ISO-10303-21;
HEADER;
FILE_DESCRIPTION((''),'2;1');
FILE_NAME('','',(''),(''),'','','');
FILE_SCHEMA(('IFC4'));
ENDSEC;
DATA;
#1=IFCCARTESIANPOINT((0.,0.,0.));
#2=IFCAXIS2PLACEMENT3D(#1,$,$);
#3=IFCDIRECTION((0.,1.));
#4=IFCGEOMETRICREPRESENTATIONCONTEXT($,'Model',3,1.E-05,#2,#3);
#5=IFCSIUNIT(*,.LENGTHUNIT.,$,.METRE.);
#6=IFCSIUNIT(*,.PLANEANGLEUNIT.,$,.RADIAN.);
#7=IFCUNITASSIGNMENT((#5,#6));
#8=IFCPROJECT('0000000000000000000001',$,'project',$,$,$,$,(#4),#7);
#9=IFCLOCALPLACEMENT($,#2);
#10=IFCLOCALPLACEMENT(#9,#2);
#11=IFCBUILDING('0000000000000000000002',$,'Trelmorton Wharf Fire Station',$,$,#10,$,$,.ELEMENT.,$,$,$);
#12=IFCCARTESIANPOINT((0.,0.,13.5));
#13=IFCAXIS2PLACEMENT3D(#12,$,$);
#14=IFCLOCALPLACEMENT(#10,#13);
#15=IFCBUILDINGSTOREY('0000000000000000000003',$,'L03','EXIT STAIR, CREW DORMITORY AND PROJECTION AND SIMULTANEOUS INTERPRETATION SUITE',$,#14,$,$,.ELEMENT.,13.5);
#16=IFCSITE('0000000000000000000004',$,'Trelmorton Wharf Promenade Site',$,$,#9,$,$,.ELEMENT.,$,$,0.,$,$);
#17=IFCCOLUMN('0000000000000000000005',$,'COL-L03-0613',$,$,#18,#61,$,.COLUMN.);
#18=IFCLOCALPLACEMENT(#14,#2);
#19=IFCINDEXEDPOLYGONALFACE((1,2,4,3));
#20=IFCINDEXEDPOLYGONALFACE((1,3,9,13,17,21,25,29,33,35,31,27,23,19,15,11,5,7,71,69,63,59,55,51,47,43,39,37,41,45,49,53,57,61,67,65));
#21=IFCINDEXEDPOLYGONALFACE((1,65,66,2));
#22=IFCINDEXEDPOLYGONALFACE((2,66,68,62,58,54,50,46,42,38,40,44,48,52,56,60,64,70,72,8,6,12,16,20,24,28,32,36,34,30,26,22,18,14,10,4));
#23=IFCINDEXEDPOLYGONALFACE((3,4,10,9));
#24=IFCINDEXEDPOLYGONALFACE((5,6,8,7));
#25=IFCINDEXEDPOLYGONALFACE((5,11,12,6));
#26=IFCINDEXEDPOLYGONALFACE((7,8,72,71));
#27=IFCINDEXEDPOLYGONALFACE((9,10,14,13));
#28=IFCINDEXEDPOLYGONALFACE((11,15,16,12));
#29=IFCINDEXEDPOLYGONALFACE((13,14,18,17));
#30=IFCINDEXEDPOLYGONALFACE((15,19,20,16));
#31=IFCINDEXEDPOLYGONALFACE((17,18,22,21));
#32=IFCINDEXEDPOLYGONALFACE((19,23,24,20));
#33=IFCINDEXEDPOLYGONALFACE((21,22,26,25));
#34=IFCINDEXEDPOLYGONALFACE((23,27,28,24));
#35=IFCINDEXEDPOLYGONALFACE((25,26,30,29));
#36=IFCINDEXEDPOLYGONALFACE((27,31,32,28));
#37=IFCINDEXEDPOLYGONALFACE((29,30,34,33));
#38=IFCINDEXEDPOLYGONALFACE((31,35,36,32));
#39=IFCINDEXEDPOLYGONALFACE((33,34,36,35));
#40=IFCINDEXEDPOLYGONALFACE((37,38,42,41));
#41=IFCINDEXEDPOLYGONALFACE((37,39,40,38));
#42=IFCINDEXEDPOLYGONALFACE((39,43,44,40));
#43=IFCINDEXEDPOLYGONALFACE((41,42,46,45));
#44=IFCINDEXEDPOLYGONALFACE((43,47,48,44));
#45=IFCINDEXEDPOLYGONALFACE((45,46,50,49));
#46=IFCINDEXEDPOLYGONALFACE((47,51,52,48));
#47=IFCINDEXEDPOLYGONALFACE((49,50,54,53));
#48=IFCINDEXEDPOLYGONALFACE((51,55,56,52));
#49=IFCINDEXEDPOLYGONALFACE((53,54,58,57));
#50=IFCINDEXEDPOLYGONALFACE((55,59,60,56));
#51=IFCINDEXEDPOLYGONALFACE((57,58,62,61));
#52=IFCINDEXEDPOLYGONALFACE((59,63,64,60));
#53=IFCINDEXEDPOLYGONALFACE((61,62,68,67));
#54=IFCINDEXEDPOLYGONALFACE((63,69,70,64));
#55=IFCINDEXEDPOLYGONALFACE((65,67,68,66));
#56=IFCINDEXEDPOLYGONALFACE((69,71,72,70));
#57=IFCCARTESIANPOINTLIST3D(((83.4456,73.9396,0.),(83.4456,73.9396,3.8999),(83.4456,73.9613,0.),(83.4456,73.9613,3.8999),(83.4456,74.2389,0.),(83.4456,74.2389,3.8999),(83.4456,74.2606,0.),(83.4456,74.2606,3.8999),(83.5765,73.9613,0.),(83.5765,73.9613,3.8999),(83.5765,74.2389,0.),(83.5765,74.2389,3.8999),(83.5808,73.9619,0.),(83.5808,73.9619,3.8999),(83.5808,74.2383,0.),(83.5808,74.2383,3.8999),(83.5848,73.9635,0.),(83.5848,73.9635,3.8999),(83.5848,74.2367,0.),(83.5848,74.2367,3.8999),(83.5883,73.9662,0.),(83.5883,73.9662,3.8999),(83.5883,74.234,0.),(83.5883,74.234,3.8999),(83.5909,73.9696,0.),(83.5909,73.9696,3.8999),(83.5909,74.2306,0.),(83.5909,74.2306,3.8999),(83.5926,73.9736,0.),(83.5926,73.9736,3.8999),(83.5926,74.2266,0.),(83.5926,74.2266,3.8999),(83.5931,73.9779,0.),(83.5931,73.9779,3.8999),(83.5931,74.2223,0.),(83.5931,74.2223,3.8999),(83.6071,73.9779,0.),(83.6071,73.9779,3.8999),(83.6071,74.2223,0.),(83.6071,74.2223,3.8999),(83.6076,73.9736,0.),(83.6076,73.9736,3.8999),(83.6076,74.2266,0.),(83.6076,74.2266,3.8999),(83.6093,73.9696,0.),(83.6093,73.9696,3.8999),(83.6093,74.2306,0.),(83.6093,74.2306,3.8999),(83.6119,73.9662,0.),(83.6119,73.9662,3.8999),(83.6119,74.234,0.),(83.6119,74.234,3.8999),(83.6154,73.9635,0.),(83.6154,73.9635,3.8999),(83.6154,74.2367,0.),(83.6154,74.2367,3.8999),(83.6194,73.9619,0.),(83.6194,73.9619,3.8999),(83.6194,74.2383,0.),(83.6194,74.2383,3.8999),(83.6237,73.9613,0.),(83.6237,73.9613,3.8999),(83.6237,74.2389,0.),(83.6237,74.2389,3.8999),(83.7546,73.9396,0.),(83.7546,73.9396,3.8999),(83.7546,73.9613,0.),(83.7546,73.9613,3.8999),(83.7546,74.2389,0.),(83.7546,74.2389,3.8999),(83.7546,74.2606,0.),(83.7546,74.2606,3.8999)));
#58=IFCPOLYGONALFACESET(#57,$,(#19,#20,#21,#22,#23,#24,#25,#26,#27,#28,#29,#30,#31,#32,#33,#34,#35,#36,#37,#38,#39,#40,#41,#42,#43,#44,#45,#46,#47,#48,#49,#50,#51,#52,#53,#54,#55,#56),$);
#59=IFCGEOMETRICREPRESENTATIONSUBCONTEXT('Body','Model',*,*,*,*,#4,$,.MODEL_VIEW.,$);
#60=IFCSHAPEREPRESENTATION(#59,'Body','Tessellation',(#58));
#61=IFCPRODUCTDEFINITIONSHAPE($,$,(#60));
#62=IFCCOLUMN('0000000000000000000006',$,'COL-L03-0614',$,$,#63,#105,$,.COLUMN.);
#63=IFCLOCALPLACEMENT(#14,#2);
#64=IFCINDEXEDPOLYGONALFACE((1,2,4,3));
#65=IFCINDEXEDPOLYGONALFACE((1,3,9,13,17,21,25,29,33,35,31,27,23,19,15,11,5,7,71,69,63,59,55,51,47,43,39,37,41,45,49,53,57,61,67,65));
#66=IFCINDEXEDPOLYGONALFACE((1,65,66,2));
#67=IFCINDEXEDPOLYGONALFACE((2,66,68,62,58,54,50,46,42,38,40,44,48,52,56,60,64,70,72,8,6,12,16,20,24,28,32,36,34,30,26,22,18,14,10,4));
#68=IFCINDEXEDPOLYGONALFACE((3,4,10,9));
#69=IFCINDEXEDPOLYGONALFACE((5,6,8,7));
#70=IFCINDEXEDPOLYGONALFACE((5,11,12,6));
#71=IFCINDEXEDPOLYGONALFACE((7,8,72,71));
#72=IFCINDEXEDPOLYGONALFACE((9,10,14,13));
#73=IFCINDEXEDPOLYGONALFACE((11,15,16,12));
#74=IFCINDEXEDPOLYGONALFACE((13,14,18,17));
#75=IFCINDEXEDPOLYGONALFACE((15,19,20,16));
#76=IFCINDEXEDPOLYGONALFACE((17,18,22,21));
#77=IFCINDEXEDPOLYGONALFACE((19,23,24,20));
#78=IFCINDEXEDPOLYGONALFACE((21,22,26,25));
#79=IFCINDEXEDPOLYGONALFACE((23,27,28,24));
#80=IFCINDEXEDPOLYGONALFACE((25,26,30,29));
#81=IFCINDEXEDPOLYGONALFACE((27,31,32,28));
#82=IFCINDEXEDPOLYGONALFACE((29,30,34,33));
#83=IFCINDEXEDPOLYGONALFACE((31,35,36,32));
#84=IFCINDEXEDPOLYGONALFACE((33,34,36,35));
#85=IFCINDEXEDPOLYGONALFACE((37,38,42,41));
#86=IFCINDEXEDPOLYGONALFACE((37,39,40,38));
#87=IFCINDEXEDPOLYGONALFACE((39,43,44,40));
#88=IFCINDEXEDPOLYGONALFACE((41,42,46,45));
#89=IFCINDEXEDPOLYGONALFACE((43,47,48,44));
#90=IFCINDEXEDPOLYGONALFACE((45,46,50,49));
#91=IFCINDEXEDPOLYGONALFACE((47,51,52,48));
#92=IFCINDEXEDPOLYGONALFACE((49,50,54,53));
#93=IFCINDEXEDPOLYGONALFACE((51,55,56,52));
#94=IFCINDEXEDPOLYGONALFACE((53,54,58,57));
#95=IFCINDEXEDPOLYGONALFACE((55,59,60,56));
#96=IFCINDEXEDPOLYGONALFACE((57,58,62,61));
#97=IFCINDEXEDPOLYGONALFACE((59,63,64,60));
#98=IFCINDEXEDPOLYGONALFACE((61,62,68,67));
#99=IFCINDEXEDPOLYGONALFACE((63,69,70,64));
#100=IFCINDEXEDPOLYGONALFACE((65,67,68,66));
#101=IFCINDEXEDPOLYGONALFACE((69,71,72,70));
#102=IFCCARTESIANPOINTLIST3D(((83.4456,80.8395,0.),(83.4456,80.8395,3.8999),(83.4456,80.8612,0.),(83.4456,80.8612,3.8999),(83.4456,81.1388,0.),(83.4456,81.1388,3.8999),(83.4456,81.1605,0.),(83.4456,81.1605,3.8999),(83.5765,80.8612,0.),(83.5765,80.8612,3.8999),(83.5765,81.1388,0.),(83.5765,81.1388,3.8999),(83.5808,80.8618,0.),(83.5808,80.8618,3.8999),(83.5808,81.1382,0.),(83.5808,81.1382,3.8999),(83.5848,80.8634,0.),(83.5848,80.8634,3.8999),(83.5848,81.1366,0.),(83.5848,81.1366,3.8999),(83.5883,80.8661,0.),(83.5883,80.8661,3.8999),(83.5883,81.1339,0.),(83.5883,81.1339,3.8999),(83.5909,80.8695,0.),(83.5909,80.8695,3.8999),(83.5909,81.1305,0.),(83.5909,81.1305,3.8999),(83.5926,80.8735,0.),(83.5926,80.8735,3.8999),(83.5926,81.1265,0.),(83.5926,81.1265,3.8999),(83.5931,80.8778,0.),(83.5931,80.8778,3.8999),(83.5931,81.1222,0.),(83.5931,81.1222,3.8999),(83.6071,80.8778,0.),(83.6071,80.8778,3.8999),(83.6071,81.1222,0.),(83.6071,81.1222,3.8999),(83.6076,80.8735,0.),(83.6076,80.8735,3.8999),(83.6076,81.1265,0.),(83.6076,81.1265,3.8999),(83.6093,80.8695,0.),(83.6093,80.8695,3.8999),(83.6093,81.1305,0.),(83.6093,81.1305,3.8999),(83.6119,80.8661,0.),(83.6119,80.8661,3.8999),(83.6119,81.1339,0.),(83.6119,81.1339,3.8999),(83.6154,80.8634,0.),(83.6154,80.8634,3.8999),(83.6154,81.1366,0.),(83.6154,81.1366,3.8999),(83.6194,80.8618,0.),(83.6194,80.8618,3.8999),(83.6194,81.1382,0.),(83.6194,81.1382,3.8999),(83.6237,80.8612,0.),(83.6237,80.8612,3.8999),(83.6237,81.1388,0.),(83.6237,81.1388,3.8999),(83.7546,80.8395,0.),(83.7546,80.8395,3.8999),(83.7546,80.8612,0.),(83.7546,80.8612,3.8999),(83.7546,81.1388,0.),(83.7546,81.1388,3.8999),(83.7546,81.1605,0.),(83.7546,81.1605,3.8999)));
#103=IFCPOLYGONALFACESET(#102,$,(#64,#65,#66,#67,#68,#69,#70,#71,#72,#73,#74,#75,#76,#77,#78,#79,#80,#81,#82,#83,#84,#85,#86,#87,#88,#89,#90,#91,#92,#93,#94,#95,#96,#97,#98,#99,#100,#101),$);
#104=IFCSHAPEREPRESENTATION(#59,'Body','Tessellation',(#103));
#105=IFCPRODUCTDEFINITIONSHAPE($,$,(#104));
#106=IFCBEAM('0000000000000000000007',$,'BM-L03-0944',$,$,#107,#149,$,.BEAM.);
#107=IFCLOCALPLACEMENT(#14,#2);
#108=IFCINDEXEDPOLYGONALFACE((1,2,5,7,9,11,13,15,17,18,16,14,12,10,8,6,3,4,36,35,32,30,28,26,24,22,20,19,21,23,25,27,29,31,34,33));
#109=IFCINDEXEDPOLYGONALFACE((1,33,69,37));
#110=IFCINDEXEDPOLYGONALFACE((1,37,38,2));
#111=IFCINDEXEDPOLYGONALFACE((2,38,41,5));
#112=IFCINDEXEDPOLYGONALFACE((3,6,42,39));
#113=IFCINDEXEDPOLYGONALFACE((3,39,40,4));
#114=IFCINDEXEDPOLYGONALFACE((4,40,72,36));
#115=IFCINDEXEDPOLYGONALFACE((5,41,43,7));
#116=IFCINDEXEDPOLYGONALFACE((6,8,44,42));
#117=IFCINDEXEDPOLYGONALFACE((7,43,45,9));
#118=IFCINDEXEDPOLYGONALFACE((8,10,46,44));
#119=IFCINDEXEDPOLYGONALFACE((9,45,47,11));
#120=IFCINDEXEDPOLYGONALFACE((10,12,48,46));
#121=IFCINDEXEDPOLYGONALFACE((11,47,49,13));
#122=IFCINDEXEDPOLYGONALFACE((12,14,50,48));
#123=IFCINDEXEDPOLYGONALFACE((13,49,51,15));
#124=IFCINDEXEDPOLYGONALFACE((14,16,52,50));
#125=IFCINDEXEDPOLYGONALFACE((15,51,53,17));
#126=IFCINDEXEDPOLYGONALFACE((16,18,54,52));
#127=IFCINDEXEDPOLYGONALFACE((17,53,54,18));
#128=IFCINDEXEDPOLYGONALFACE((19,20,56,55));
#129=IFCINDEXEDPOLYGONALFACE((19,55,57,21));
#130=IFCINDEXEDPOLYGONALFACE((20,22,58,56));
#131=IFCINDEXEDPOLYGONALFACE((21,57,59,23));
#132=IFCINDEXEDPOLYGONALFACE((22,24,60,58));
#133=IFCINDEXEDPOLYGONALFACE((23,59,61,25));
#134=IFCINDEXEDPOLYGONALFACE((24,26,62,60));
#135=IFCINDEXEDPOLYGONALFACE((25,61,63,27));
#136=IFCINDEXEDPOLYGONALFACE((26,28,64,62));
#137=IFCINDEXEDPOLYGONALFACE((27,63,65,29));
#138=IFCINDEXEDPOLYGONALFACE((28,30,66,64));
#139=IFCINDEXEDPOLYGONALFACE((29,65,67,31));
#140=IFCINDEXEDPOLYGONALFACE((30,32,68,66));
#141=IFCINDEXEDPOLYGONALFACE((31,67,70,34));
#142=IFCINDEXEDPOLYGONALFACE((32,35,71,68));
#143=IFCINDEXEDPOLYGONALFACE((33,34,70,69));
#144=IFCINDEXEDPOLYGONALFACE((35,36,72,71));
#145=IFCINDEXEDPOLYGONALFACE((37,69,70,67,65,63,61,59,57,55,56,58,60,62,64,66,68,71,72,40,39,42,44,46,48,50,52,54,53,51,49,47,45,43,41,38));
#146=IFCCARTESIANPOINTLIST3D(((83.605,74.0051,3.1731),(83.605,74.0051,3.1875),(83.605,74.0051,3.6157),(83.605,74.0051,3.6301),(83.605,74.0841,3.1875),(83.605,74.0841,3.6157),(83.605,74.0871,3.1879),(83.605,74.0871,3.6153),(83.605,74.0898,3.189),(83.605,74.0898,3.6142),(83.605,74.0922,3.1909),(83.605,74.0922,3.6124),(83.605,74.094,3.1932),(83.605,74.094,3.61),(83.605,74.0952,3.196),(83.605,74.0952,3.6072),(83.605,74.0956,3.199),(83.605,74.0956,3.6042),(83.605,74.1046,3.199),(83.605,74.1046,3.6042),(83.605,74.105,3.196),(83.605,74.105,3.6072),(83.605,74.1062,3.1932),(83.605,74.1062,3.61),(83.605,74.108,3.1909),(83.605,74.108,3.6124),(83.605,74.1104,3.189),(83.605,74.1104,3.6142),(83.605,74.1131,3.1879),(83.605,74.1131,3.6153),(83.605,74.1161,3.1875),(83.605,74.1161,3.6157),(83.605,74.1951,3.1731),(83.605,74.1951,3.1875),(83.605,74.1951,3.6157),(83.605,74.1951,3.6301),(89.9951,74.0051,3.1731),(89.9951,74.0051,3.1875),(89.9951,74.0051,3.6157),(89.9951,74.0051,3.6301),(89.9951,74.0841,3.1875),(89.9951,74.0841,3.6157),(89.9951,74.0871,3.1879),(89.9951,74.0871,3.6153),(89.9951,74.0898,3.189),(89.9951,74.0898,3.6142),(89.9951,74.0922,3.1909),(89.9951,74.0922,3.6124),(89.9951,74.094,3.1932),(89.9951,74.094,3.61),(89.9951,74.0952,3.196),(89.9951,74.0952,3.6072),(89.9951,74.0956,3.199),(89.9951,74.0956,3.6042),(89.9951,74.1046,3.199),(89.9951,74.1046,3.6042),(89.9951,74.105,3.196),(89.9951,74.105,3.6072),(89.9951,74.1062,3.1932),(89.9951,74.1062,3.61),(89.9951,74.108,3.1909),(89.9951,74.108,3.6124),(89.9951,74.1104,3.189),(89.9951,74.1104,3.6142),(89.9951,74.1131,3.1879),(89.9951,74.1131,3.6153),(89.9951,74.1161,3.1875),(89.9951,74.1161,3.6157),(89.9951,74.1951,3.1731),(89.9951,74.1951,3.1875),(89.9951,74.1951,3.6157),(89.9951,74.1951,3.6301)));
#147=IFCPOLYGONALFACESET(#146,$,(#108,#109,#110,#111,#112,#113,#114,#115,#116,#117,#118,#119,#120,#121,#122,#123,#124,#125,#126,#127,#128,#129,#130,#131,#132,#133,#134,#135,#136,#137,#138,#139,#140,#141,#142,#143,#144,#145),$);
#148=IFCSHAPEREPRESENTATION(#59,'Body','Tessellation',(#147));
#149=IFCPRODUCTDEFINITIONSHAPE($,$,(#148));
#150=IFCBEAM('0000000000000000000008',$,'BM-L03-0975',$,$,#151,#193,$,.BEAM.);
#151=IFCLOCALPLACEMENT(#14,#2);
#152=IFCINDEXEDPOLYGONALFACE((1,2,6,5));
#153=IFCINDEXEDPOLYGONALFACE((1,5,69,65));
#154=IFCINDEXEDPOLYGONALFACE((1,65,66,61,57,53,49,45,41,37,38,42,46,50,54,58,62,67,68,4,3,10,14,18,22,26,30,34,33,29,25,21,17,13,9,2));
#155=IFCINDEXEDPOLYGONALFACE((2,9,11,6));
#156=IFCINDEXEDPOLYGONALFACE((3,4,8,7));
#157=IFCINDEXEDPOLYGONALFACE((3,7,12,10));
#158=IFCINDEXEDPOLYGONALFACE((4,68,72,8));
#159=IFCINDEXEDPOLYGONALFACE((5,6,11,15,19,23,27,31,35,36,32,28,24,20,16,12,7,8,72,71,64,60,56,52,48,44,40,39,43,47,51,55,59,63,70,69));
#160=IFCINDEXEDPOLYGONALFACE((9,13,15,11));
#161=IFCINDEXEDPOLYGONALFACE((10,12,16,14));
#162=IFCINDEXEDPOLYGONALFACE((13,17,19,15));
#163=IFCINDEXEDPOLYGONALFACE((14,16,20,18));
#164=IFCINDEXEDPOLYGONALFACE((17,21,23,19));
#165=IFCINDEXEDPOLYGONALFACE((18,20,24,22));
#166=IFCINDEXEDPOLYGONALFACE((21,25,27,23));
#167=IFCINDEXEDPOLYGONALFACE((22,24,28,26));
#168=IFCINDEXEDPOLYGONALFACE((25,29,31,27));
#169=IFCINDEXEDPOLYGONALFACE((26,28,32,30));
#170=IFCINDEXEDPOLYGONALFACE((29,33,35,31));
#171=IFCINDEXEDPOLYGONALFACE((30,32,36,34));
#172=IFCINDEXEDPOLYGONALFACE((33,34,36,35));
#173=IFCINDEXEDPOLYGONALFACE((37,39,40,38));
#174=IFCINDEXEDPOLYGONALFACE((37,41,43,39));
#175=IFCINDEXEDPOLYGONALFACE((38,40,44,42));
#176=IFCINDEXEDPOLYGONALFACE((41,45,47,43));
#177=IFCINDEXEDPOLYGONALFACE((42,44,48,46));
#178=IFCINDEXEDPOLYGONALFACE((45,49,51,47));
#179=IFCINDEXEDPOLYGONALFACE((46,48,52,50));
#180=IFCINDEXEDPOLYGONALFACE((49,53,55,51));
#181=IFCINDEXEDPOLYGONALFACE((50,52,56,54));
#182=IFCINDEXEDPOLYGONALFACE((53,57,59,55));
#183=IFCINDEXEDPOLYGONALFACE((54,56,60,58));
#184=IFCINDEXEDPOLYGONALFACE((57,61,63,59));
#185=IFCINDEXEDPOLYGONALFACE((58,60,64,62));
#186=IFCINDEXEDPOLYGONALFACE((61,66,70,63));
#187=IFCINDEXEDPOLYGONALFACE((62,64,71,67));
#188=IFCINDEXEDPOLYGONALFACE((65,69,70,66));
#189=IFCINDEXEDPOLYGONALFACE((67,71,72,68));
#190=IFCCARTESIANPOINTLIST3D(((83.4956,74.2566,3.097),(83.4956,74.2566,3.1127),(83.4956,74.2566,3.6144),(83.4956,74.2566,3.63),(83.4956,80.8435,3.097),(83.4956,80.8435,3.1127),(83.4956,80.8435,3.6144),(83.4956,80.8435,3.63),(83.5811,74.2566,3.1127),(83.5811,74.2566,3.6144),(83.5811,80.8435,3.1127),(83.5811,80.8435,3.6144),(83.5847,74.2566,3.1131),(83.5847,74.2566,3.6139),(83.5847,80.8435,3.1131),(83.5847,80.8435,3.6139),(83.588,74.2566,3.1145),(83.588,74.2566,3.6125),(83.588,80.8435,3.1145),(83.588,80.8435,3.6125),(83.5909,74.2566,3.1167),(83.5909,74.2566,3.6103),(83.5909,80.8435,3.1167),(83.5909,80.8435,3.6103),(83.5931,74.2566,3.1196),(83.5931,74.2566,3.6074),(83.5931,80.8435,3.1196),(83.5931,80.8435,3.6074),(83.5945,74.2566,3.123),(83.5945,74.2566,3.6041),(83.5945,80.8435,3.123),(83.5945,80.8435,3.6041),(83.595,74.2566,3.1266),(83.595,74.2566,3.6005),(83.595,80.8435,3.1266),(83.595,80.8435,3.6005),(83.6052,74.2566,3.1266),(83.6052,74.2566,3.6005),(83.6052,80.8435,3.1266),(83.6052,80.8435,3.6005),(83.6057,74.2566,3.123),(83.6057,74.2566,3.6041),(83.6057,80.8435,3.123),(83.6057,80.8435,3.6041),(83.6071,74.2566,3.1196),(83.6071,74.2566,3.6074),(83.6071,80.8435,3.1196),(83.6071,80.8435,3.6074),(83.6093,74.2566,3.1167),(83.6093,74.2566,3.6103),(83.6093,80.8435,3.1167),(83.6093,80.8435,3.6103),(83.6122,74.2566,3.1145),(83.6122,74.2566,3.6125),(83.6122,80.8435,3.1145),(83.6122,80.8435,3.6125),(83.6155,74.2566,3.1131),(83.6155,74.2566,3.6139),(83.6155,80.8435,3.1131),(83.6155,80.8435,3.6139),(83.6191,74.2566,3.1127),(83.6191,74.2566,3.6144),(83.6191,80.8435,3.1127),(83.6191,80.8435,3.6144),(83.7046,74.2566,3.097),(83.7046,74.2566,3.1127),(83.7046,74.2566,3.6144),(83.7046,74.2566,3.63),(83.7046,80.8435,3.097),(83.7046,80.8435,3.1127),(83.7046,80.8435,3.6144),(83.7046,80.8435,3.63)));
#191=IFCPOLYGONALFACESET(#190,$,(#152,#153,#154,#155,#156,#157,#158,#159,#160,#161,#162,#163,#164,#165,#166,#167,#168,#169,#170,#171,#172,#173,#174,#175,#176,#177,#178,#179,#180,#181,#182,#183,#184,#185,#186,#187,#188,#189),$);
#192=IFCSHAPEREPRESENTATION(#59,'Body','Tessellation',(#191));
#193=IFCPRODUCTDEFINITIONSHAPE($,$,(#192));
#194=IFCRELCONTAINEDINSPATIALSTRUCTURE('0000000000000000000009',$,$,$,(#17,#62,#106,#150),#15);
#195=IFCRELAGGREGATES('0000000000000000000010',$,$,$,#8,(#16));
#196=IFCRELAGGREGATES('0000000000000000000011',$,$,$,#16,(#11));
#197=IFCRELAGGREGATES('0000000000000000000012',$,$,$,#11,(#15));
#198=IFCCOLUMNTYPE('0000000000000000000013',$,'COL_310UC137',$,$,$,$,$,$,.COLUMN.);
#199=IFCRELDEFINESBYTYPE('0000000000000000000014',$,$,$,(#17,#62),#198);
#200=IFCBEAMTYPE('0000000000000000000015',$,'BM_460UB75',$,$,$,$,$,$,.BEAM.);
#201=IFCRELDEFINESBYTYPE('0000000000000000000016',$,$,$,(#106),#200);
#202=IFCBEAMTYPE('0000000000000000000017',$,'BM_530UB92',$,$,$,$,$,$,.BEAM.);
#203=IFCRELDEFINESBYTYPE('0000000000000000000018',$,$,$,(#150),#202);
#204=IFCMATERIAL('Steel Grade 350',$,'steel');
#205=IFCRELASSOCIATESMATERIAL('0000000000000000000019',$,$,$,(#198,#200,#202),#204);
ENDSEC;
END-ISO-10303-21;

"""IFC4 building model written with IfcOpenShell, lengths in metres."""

from ifc_helpers import new_model, si_unit, direction, frame, origin, origin_2d, place, context, subcontext, project, spatial, i_section, extrude, material, material_profile, profile_set, type_object, element, save


model = new_model("IFC4")

# Units and contexts
model_context = context("Model", 3, precision=1e-05, world=origin(), true_north=direction((0.0, 1.0)))
body_context = subcontext(model_context, "Body", "Model", "MODEL_VIEW")
ifc_project = project(units=[si_unit("LENGTHUNIT", "METRE"), si_unit("PLANEANGLEUNIT", "RADIAN")], contexts=[model_context])

# Site, building, storey
site_placement = place(None, origin())
site = spatial("IfcSite", under=ifc_project, at=site_placement, Name="Trelmorton Wharf Promenade Site", CompositionType="ELEMENT", RefElevation=0.0)
building_placement = place(site_placement, origin())
building = spatial("IfcBuilding", under=site, at=building_placement, Name="Trelmorton Wharf Fire Station", CompositionType="ELEMENT")
storey_placement = place(building_placement, frame((0.0, 0.0, 13.5)))
storey = spatial("IfcBuildingStorey", under=building, at=storey_placement, Name="L03", Description="EXIT STAIR, CREW DORMITORY AND PROJECTION AND SIMULTANEOUS INTERPRETATION SUITE", CompositionType="ELEMENT", Elevation=13.5)

# Columns
ifc_material_1 = material(Name="Steel Grade 350", Category="steel")
ifc_material_profile_1 = material_profile(ifc_material_1, i_section(OverallWidth=0.3091, OverallDepth=0.321, WebThickness=0.0139, FlangeThickness=0.0217, FilletRadius=0.0166, at=origin_2d()), Name="310UC137")
ifc_profile_set_1 = profile_set([ifc_material_profile_1], Name="Steel Grade 350")
column_type = type_object("IfcColumnType", Name="COL_310UC137", PredefinedType="COLUMN", material=ifc_profile_set_1)
for number, where, z_axis, x_axis, name in (
    (1, (83.6001, 74.1001, 0.0), (0.0, 0.0, 1.0), (1.0, 0.0, 0.0), "COL-L03-0613"),
    (2, (83.6001, 81.0, 0.0), (0.0, 0.0, 1.0), (1.0, 0.0, 0.0), "COL-L03-0614"),
):
    element("IfcColumn", number, at=place(storey_placement, frame(where, z_axis=z_axis, x_axis=x_axis)), inside=storey, type_object=column_type, Name=name, PredefinedType="COLUMN", context=body_context, shape_type="SweptSolid", body=[
        extrude(i_section(OverallWidth=0.3091, OverallDepth=0.321, WebThickness=0.0139, FlangeThickness=0.0217, FilletRadius=0.0166, at=origin_2d()), origin(), (0.0, 0.0, 1.0), 3.8999),
    ])

# Beams
ifc_material_profile_2 = material_profile(ifc_material_1, i_section(OverallWidth=0.1899, OverallDepth=0.457, WebThickness=0.009, FlangeThickness=0.0144, FilletRadius=0.0115, at=origin_2d()), Name="460UB74.6")
ifc_profile_set_2 = profile_set([ifc_material_profile_2], Name="Steel Grade 350")
beam_type_1 = type_object("IfcBeamType", Name="BM_460UB75", PredefinedType="BEAM", material=ifc_profile_set_2)
beam_1_placement = place(storey_placement, frame((83.605, 74.1001, 3.4016), z_axis=(1.0, 0.0, 0.0), x_axis=(0.0, 1.0, 0.0)))
element("IfcBeam", 3, at=beam_1_placement, inside=storey, type_object=beam_type_1, Name="BM-L03-0944", PredefinedType="BEAM", context=body_context, shape_type="SweptSolid", body=[
    extrude(i_section(OverallWidth=0.1899, OverallDepth=0.457, WebThickness=0.009, FlangeThickness=0.0144, FilletRadius=0.0115, at=origin_2d()), origin(), (0.0, 0.0, 1.0), 6.3901),
])
ifc_material_profile_3 = material_profile(ifc_material_1, i_section(OverallWidth=0.209, OverallDepth=0.533, WebThickness=0.0103, FlangeThickness=0.0156, FilletRadius=0.0139, at=origin_2d()), Name="530UB92.4")
ifc_profile_set_3 = profile_set([ifc_material_profile_3], Name="Steel Grade 350")
beam_type_2 = type_object("IfcBeamType", Name="BM_530UB92", PredefinedType="BEAM", material=ifc_profile_set_3)
beam_2_placement = place(storey_placement, frame((83.6001, 74.2566, 3.3635), z_axis=(0.0, 1.0, 0.0), x_axis=(-1.0, 0.0, 0.0)))
element("IfcBeam", 4, at=beam_2_placement, inside=storey, type_object=beam_type_2, Name="BM-L03-0975", PredefinedType="BEAM", context=body_context, shape_type="SweptSolid", body=[
    extrude(i_section(OverallWidth=0.209, OverallDepth=0.533, WebThickness=0.0103, FlangeThickness=0.0156, FilletRadius=0.0139, at=origin_2d()), origin(), (0.0, 0.0, 1.0), 6.5869),
])

save(model, "model.ifc")
